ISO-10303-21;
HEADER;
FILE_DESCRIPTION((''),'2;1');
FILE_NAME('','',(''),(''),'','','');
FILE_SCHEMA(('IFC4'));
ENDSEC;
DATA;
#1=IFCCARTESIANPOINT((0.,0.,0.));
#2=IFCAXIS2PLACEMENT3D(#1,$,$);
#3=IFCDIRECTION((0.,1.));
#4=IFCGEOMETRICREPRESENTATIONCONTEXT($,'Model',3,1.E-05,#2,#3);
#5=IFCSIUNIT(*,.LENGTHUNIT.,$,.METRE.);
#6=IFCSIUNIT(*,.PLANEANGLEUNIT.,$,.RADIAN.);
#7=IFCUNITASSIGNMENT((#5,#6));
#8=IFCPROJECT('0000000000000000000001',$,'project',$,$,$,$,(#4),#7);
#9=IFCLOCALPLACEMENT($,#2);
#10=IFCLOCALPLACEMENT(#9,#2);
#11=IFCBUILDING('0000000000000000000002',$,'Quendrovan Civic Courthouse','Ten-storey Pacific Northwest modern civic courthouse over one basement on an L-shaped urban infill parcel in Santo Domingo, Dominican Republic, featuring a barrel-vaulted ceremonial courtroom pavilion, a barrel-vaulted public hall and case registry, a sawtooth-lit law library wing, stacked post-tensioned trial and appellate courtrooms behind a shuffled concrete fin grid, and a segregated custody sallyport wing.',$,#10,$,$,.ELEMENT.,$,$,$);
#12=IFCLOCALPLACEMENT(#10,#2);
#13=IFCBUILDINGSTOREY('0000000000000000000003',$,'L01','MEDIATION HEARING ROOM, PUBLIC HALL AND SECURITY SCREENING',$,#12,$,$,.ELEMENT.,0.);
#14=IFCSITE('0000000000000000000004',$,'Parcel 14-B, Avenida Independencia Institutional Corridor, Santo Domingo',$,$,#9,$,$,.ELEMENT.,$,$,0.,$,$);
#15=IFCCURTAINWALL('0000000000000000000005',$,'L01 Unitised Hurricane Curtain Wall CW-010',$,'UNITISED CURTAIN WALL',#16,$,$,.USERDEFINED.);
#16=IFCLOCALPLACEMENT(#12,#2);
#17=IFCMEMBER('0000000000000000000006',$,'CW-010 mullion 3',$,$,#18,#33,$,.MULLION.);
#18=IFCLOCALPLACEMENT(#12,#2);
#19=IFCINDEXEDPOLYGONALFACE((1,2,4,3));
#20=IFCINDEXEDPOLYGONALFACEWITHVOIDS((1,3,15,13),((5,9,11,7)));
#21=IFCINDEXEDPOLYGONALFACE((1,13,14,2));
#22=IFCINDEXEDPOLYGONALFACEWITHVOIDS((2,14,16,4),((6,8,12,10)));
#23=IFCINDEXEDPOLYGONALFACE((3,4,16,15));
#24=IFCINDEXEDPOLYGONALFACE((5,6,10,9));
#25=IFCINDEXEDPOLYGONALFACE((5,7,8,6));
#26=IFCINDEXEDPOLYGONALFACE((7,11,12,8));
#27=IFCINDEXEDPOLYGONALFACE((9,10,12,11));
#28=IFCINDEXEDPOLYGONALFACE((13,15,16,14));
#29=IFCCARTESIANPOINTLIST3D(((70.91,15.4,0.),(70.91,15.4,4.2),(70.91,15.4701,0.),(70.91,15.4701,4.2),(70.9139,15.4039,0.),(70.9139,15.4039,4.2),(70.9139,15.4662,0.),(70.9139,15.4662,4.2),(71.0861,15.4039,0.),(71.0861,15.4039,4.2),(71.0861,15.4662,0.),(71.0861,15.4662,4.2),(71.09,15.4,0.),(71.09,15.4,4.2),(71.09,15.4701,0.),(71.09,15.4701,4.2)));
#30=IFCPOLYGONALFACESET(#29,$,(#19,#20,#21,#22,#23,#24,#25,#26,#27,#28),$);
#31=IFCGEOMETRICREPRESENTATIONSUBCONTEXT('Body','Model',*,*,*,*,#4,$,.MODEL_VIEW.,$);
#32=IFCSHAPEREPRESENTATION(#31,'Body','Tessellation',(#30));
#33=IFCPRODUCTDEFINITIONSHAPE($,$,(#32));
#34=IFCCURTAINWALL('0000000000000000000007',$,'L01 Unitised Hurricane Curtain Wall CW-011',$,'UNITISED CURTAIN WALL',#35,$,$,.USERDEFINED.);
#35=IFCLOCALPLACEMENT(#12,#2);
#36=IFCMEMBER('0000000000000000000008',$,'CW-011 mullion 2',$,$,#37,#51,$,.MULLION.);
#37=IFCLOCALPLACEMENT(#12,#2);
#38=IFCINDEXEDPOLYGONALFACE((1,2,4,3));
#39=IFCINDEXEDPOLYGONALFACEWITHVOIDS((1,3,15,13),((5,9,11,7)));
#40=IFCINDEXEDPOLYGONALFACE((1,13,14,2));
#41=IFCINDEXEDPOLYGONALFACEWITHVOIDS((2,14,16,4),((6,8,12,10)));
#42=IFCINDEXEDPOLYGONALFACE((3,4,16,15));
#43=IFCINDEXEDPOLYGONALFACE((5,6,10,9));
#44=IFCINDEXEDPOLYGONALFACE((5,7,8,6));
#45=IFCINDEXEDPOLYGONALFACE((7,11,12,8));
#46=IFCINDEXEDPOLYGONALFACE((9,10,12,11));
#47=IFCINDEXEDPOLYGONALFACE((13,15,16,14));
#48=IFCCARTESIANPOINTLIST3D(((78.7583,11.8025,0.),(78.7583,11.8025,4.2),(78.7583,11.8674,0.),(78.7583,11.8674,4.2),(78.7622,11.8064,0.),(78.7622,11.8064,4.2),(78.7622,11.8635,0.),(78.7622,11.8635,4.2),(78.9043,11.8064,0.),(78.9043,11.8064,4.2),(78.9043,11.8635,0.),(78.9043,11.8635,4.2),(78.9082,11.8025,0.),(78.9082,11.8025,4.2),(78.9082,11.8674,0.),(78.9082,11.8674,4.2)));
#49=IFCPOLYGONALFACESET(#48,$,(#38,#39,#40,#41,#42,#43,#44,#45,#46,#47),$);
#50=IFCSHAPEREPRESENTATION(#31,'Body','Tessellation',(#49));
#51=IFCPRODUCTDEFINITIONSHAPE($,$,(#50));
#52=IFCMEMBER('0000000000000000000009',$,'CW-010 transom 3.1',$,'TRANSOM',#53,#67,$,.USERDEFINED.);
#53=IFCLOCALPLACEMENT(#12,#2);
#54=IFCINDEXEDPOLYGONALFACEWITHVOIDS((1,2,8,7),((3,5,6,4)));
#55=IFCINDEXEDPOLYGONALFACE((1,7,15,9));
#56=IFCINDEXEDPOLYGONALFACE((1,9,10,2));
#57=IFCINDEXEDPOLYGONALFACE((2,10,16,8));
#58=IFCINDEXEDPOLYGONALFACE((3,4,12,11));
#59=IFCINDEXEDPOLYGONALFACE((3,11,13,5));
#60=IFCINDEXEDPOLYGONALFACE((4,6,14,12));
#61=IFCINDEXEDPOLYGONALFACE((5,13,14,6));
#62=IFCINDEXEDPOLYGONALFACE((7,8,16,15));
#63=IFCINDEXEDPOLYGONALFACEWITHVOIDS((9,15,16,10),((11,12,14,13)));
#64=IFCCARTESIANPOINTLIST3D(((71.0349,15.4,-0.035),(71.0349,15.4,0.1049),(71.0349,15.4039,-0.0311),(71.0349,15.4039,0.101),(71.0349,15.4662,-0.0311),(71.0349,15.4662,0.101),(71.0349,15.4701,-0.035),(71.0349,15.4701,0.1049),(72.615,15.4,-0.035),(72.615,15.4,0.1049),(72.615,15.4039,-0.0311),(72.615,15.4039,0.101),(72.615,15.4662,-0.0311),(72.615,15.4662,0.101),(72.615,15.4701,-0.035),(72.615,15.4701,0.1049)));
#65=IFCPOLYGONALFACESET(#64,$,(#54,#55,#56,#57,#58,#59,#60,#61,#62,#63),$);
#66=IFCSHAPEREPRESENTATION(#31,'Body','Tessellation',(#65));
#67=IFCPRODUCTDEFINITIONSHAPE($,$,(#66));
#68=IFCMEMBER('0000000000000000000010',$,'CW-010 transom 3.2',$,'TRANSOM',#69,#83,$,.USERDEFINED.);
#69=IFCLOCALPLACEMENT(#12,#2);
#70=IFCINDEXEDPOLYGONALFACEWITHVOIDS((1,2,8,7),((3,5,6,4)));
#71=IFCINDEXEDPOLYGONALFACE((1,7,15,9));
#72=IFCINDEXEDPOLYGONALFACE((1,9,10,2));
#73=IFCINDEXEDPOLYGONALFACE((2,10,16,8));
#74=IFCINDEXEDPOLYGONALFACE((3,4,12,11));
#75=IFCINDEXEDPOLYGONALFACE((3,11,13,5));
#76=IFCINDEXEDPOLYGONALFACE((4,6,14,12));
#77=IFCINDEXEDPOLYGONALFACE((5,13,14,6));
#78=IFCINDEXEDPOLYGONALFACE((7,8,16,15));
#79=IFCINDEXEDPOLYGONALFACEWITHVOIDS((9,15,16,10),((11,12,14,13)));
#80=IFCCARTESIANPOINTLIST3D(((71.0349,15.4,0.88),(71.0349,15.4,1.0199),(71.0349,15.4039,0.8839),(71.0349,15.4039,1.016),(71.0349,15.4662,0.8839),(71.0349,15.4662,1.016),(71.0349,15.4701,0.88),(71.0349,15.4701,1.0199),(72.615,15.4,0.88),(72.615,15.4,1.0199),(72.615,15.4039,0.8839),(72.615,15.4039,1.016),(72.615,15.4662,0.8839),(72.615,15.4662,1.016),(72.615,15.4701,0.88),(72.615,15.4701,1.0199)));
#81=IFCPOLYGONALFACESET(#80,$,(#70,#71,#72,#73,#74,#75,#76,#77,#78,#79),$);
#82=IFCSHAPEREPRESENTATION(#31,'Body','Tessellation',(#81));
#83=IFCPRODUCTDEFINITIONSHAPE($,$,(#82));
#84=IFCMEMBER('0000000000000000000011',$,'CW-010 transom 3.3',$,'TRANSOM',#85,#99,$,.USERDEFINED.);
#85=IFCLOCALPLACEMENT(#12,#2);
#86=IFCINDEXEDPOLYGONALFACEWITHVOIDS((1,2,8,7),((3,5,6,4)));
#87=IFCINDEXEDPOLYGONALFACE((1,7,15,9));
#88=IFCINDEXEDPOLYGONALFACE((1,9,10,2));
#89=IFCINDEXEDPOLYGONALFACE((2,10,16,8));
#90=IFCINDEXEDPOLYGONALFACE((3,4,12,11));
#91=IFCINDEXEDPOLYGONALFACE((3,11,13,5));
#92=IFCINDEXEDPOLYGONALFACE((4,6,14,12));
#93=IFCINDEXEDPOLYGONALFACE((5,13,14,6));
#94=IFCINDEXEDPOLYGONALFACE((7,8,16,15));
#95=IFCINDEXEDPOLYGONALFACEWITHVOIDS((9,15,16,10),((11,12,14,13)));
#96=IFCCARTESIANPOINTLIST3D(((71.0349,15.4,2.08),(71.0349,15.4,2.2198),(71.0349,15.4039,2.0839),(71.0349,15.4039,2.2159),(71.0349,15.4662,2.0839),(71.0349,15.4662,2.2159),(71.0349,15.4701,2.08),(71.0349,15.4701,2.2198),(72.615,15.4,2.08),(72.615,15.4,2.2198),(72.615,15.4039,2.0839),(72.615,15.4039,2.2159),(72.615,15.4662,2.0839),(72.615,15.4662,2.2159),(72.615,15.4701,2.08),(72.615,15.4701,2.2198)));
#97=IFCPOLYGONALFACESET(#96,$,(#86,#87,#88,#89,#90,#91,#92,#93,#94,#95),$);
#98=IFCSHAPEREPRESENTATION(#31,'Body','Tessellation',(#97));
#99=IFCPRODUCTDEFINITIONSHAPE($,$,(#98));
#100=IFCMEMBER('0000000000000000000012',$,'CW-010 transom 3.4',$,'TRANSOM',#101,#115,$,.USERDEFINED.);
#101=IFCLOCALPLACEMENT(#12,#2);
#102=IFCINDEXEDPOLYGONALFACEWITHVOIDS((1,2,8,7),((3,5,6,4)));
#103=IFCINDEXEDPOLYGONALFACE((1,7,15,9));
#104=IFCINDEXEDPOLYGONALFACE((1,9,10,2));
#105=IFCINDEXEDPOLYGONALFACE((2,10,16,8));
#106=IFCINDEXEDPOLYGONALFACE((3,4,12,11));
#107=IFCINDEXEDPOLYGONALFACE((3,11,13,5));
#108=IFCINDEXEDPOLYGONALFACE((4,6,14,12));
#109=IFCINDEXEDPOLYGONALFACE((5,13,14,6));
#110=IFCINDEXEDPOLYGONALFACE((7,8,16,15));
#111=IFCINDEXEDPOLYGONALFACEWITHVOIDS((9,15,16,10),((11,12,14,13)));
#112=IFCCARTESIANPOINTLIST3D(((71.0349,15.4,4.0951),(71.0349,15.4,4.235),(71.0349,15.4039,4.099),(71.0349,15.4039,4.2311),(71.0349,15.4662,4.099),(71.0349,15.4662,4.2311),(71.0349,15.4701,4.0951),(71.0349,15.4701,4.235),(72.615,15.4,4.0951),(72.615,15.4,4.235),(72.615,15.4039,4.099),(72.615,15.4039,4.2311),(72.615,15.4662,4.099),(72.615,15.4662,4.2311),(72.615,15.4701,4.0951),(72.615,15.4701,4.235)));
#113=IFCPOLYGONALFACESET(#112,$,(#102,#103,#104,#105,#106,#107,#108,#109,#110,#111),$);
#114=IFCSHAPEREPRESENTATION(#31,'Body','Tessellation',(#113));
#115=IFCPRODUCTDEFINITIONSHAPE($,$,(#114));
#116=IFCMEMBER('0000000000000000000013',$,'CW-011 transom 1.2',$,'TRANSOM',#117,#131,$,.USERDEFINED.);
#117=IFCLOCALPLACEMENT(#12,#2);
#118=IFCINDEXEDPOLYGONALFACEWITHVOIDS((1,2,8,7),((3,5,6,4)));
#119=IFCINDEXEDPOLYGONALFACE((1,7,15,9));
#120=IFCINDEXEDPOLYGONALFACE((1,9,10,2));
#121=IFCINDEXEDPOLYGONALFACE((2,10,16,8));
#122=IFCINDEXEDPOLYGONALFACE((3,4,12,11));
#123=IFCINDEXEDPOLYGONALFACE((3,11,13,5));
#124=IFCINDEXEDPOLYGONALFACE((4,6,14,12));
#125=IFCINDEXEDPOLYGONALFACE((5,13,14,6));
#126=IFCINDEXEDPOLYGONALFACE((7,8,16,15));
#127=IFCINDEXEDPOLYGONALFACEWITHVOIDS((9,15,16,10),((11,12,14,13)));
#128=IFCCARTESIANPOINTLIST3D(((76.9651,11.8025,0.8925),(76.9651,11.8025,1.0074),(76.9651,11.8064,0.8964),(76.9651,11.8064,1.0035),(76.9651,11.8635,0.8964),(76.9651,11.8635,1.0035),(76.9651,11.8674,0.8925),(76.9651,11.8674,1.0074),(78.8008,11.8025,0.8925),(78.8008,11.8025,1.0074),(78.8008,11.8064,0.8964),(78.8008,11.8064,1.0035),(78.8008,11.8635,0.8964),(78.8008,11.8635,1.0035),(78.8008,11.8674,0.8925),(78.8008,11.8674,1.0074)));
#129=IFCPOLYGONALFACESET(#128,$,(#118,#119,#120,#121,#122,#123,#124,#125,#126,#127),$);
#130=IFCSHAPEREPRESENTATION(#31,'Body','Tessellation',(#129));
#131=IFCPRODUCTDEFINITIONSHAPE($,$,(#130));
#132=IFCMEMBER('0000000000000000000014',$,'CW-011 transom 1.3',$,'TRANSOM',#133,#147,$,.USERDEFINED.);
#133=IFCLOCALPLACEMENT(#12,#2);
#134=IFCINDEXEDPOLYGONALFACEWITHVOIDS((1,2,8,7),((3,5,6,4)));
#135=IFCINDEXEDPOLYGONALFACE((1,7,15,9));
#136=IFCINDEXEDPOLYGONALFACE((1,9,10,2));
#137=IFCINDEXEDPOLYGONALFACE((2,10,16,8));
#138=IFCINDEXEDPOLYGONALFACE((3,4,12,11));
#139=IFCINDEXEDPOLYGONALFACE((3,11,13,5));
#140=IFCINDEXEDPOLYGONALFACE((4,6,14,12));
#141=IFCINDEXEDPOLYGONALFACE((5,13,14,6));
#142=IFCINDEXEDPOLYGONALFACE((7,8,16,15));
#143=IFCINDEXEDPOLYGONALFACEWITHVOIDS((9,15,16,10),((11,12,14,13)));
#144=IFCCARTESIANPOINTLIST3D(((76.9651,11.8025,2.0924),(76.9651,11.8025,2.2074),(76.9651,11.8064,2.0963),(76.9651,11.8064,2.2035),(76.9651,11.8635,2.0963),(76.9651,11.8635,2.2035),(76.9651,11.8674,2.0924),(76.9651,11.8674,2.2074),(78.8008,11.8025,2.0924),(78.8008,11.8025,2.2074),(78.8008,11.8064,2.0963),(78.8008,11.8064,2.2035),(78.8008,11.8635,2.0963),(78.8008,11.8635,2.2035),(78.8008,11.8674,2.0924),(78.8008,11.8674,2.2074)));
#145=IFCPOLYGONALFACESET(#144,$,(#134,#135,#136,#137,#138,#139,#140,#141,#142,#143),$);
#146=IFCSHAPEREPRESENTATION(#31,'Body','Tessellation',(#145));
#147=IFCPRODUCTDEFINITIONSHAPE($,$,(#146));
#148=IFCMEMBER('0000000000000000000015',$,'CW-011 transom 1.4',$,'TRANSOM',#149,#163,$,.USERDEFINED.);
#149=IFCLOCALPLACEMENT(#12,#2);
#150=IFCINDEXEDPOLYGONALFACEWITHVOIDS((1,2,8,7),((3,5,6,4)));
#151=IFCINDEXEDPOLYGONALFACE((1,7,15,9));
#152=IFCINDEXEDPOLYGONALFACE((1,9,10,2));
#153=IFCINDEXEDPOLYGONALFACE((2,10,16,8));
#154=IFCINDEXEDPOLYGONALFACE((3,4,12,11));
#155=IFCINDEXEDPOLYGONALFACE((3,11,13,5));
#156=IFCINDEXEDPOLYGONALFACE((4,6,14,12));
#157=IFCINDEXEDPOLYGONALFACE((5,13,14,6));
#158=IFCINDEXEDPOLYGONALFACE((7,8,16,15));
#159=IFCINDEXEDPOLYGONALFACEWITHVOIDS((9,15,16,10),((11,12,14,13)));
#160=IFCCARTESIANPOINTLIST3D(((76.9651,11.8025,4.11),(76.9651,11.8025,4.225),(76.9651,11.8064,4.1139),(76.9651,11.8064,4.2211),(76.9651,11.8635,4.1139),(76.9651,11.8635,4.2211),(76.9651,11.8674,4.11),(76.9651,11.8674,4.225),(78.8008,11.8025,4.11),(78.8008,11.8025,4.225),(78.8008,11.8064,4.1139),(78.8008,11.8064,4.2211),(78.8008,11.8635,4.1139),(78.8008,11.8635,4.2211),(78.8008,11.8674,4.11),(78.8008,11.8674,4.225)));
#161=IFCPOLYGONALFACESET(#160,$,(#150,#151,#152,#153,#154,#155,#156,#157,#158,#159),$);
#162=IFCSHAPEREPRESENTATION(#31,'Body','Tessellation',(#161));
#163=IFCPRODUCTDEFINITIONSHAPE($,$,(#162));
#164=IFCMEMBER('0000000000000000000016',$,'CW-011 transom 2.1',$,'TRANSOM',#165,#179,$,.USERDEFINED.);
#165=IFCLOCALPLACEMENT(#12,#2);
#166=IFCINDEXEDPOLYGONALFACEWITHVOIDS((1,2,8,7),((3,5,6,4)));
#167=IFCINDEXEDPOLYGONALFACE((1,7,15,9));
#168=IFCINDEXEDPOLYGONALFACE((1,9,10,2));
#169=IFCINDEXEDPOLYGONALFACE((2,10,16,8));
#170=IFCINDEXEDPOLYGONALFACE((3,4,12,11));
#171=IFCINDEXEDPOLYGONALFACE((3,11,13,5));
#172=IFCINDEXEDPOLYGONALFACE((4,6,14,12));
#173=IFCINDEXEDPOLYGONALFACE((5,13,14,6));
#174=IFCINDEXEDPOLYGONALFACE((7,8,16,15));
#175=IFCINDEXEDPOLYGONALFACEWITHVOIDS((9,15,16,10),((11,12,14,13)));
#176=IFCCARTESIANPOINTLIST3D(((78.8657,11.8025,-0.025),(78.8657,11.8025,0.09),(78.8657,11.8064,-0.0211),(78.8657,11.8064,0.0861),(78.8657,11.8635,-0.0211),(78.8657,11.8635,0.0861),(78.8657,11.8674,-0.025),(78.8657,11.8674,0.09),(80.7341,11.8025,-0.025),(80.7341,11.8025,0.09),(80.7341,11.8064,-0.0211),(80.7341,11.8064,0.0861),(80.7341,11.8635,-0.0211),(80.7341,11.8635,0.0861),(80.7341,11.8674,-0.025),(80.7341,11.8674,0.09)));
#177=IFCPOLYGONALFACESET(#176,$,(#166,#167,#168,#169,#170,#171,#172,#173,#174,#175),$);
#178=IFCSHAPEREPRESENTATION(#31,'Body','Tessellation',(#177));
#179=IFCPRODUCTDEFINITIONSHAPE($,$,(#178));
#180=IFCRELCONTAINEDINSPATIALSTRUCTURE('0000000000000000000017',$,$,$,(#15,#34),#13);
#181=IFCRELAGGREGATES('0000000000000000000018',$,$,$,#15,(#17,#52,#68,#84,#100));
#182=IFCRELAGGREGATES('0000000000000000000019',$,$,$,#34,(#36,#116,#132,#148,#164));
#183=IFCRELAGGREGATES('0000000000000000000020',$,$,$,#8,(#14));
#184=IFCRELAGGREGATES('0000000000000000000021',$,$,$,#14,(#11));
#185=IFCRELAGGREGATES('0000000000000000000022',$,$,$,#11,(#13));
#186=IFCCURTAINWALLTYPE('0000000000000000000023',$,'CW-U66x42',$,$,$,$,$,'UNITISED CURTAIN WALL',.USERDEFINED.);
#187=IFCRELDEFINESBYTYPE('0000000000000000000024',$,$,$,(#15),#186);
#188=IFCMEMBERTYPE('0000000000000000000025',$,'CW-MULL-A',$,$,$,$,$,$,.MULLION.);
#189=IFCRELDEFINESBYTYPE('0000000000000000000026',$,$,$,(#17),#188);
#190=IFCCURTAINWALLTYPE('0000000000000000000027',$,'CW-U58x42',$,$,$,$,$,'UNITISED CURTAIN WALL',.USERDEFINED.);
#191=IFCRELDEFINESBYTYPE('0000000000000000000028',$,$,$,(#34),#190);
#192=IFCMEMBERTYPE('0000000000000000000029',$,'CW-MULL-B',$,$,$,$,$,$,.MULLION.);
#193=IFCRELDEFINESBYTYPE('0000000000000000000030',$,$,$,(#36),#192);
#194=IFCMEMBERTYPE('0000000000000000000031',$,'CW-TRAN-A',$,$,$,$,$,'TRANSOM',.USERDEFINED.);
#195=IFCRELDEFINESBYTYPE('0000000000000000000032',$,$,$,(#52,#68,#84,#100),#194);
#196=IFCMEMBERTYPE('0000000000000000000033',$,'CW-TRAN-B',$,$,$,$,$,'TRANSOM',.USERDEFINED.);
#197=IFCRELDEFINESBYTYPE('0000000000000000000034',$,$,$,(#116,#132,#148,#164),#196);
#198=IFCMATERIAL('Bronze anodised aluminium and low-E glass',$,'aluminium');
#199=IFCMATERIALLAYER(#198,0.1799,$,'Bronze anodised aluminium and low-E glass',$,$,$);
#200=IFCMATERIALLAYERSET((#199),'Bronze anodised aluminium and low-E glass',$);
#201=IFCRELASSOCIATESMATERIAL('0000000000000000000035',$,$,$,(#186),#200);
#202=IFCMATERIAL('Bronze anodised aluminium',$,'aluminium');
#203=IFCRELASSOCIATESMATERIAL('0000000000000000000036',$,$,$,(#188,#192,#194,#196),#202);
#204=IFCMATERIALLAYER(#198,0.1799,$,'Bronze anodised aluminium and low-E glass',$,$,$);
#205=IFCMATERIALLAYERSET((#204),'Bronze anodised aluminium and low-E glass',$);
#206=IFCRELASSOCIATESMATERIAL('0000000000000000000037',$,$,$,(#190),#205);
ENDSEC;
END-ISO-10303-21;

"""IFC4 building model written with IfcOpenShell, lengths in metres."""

from ifc_helpers import new_model, si_unit, direction, frame, origin, origin_2d, place, context, subcontext, project, spatial, hollow_rectangle, extrude, material, layer, layer_set, material_profile, profile_set, type_object, element, aggregate, save


model = new_model("IFC4")

# Units and contexts
model_context = context("Model", 3, precision=1e-05, world=origin(), true_north=direction((0.0, 1.0)))
body_context = subcontext(model_context, "Body", "Model", "MODEL_VIEW")
ifc_project = project(units=[si_unit("LENGTHUNIT", "METRE"), si_unit("PLANEANGLEUNIT", "RADIAN")], contexts=[model_context])

# Site, building, storey
site_placement = place(None, origin())
site = spatial("IfcSite", under=ifc_project, at=site_placement, Name="Parcel 14-B, Avenida Independencia Institutional Corridor, Santo Domingo", CompositionType="ELEMENT", RefElevation=0.0)
building_placement = place(site_placement, origin())
building = spatial("IfcBuilding", under=site, at=building_placement, Name="Quendrovan Civic Courthouse", Description="Ten-storey Pacific Northwest modern civic courthouse over one basement on an L-shaped urban infill parcel in Santo Domingo, Dominican Republic, featuring a barrel-vaulted ceremonial courtroom pavilion, a barrel-vaulted public hall and case registry, a sawtooth-lit law library wing, stacked post-tensioned trial and appellate courtrooms behind a shuffled concrete fin grid, and a segregated custody sallyport wing.", CompositionType="ELEMENT")
storey_placement = place(building_placement, origin())
storey = spatial("IfcBuildingStorey", under=building, at=storey_placement, Name="L01", Description="MEDIATION HEARING ROOM, PUBLIC HALL AND SECURITY SCREENING", CompositionType="ELEMENT", Elevation=0.0)

# Curtain walls, members
ifc_material_1 = material(Name="Bronze anodised aluminium and low-E glass", Category="aluminium")
ifc_layer_1 = layer(ifc_material_1, 0.1799, Name="Bronze anodised aluminium and low-E glass")
ifc_layer_set_1 = layer_set([ifc_layer_1], Name="Bronze anodised aluminium and low-E glass")
curtain_wall_type_1 = type_object("IfcCurtainWallType", Name="CW-U66x42", ElementType="UNITISED CURTAIN WALL", PredefinedType="USERDEFINED", material=ifc_layer_set_1)
curtain_wall_1_placement = place(storey_placement, origin())
curtain_wall_1 = element("IfcCurtainWall", 1, at=curtain_wall_1_placement, inside=storey, type_object=curtain_wall_type_1, Name="L01 Unitised Hurricane Curtain Wall CW-010", ObjectType="UNITISED CURTAIN WALL", PredefinedType="USERDEFINED")
ifc_material_2 = material(Name="Bronze anodised aluminium", Category="aluminium")
ifc_material_profile_1 = material_profile(ifc_material_2, hollow_rectangle(XDim=0.0701, YDim=0.1799, WallThickness=0.0039, at=origin_2d()), Name="CW-MULL-70x180")
ifc_profile_set_1 = profile_set([ifc_material_profile_1], Name="Bronze anodised aluminium")
member_type_1 = type_object("IfcMemberType", Name="CW-MULL-A", PredefinedType="MULLION", material=ifc_profile_set_1)
member_1_placement = place(storey_placement, frame((71.0, 15.4351, 0.0), z_axis=(0.0, 0.0, 1.0), x_axis=(0.0, 1.0, 0.0)))
member_1 = element("IfcMember", 2, at=member_1_placement, type_object=member_type_1, Name="CW-010 mullion 3", PredefinedType="MULLION", context=body_context, shape_type="SweptSolid", body=[
    extrude(hollow_rectangle(XDim=0.0701, YDim=0.1799, WallThickness=0.0039, at=origin_2d()), origin(), (0.0, 0.0, 1.0), 4.2),
])
ifc_layer_2 = layer(ifc_material_1, 0.1799, Name="Bronze anodised aluminium and low-E glass")
ifc_layer_set_2 = layer_set([ifc_layer_2], Name="Bronze anodised aluminium and low-E glass")
curtain_wall_type_2 = type_object("IfcCurtainWallType", Name="CW-U58x42", ElementType="UNITISED CURTAIN WALL", PredefinedType="USERDEFINED", material=ifc_layer_set_2)
curtain_wall_2_placement = place(storey_placement, origin())
curtain_wall_2 = element("IfcCurtainWall", 3, at=curtain_wall_2_placement, inside=storey, type_object=curtain_wall_type_2, Name="L01 Unitised Hurricane Curtain Wall CW-011", ObjectType="UNITISED CURTAIN WALL", PredefinedType="USERDEFINED")
ifc_material_profile_2 = material_profile(ifc_material_2, hollow_rectangle(XDim=0.0649, YDim=0.1499, WallThickness=0.0039, at=origin_2d()), Name="CW-MULL-65x150")
ifc_profile_set_2 = profile_set([ifc_material_profile_2], Name="Bronze anodised aluminium")
member_type_2 = type_object("IfcMemberType", Name="CW-MULL-B", PredefinedType="MULLION", material=ifc_profile_set_2)
member_2_placement = place(storey_placement, frame((78.8333, 11.835, 0.0), z_axis=(0.0, 0.0, 1.0), x_axis=(0.0, 1.0, 0.0)))
member_2 = element("IfcMember", 4, at=member_2_placement, type_object=member_type_2, Name="CW-011 mullion 2", PredefinedType="MULLION", context=body_context, shape_type="SweptSolid", body=[
    extrude(hollow_rectangle(XDim=0.0649, YDim=0.1499, WallThickness=0.0039, at=origin_2d()), origin(), (0.0, 0.0, 1.0), 4.2),
])

# Members
ifc_material_profile_3 = material_profile(ifc_material_2, hollow_rectangle(XDim=0.0701, YDim=0.1399, WallThickness=0.0039, at=origin_2d()), Name="CW-TRAN-70x140")
ifc_profile_set_3 = profile_set([ifc_material_profile_3], Name="Bronze anodised aluminium")
member_type_3 = type_object("IfcMemberType", Name="CW-TRAN-A", ElementType="TRANSOM", PredefinedType="USERDEFINED", material=ifc_profile_set_3)
member_3_placement = place(storey_placement, frame((71.0349, 15.4351, 0.0349), z_axis=(1.0, 0.0, 0.0), x_axis=(0.0, 1.0, 0.0)))
member_3 = element("IfcMember", 5, at=member_3_placement, type_object=member_type_3, Name="CW-010 transom 3.1", ObjectType="TRANSOM", PredefinedType="USERDEFINED", context=body_context, shape_type="SweptSolid", body=[
    extrude(hollow_rectangle(XDim=0.0701, YDim=0.1399, WallThickness=0.0039, at=origin_2d()), origin(), (0.0, 0.0, 1.0), 1.5801),
])
member_4_placement = place(storey_placement, frame((71.0349, 15.4351, 0.95), z_axis=(1.0, 0.0, 0.0), x_axis=(0.0, 1.0, 0.0)))
member_4 = element("IfcMember", 6, at=member_4_placement, type_object=member_type_3, Name="CW-010 transom 3.2", ObjectType="TRANSOM", PredefinedType="USERDEFINED", context=body_context, shape_type="SweptSolid", body=[
    extrude(hollow_rectangle(XDim=0.0701, YDim=0.1399, WallThickness=0.0039, at=origin_2d()), origin(), (0.0, 0.0, 1.0), 1.5801),
])
member_5_placement = place(storey_placement, frame((71.0349, 15.4351, 2.1499), z_axis=(1.0, 0.0, 0.0), x_axis=(0.0, 1.0, 0.0)))
member_5 = element("IfcMember", 7, at=member_5_placement, type_object=member_type_3, Name="CW-010 transom 3.3", ObjectType="TRANSOM", PredefinedType="USERDEFINED", context=body_context, shape_type="SweptSolid", body=[
    extrude(hollow_rectangle(XDim=0.0701, YDim=0.1399, WallThickness=0.0039, at=origin_2d()), origin(), (0.0, 0.0, 1.0), 1.5801),
])
member_6_placement = place(storey_placement, frame((71.0349, 15.4351, 4.165), z_axis=(1.0, 0.0, 0.0), x_axis=(0.0, 1.0, 0.0)))
member_6 = element("IfcMember", 8, at=member_6_placement, type_object=member_type_3, Name="CW-010 transom 3.4", ObjectType="TRANSOM", PredefinedType="USERDEFINED", context=body_context, shape_type="SweptSolid", body=[
    extrude(hollow_rectangle(XDim=0.0701, YDim=0.1399, WallThickness=0.0039, at=origin_2d()), origin(), (0.0, 0.0, 1.0), 1.5801),
])
ifc_material_profile_4 = material_profile(ifc_material_2, hollow_rectangle(XDim=0.0649, YDim=0.115, WallThickness=0.0039, at=origin_2d()), Name="CW-TRAN-65x115")
ifc_profile_set_4 = profile_set([ifc_material_profile_4], Name="Bronze anodised aluminium")
member_type_4 = type_object("IfcMemberType", Name="CW-TRAN-B", ElementType="TRANSOM", PredefinedType="USERDEFINED", material=ifc_profile_set_4)
member_7_placement = place(storey_placement, frame((76.9651, 11.835, 0.95), z_axis=(1.0, 0.0, 0.0), x_axis=(0.0, 1.0, 0.0)))
member_7 = element("IfcMember", 9, at=member_7_placement, type_object=member_type_4, Name="CW-011 transom 1.2", ObjectType="TRANSOM", PredefinedType="USERDEFINED", context=body_context, shape_type="SweptSolid", body=[
    extrude(hollow_rectangle(XDim=0.0649, YDim=0.115, WallThickness=0.0039, at=origin_2d()), origin(), (0.0, 0.0, 1.0), 1.8357),
])
member_8_placement = place(storey_placement, frame((76.9651, 11.835, 2.1499), z_axis=(1.0, 0.0, 0.0), x_axis=(0.0, 1.0, 0.0)))
member_8 = element("IfcMember", 10, at=member_8_placement, type_object=member_type_4, Name="CW-011 transom 1.3", ObjectType="TRANSOM", PredefinedType="USERDEFINED", context=body_context, shape_type="SweptSolid", body=[
    extrude(hollow_rectangle(XDim=0.0649, YDim=0.115, WallThickness=0.0039, at=origin_2d()), origin(), (0.0, 0.0, 1.0), 1.8357),
])
member_9_placement = place(storey_placement, frame((76.9651, 11.835, 4.1675), z_axis=(1.0, 0.0, 0.0), x_axis=(0.0, 1.0, 0.0)))
member_9 = element("IfcMember", 11, at=member_9_placement, type_object=member_type_4, Name="CW-011 transom 1.4", ObjectType="TRANSOM", PredefinedType="USERDEFINED", context=body_context, shape_type="SweptSolid", body=[
    extrude(hollow_rectangle(XDim=0.0649, YDim=0.115, WallThickness=0.0039, at=origin_2d()), origin(), (0.0, 0.0, 1.0), 1.8357),
])
member_10_placement = place(storey_placement, frame((78.8657, 11.835, 0.0325), z_axis=(1.0, 0.0, 0.0), x_axis=(0.0, 1.0, 0.0)))
member_10 = element("IfcMember", 12, at=member_10_placement, type_object=member_type_4, Name="CW-011 transom 2.1", ObjectType="TRANSOM", PredefinedType="USERDEFINED", context=body_context, shape_type="SweptSolid", body=[
    extrude(hollow_rectangle(XDim=0.0649, YDim=0.115, WallThickness=0.0039, at=origin_2d()), origin(), (0.0, 0.0, 1.0), 1.8684),
])

aggregate(curtain_wall_1, [member_1, member_3, member_4, member_5, member_6])
aggregate(curtain_wall_2, [member_2, member_7, member_8, member_9, member_10])

save(model, "model.ifc")
